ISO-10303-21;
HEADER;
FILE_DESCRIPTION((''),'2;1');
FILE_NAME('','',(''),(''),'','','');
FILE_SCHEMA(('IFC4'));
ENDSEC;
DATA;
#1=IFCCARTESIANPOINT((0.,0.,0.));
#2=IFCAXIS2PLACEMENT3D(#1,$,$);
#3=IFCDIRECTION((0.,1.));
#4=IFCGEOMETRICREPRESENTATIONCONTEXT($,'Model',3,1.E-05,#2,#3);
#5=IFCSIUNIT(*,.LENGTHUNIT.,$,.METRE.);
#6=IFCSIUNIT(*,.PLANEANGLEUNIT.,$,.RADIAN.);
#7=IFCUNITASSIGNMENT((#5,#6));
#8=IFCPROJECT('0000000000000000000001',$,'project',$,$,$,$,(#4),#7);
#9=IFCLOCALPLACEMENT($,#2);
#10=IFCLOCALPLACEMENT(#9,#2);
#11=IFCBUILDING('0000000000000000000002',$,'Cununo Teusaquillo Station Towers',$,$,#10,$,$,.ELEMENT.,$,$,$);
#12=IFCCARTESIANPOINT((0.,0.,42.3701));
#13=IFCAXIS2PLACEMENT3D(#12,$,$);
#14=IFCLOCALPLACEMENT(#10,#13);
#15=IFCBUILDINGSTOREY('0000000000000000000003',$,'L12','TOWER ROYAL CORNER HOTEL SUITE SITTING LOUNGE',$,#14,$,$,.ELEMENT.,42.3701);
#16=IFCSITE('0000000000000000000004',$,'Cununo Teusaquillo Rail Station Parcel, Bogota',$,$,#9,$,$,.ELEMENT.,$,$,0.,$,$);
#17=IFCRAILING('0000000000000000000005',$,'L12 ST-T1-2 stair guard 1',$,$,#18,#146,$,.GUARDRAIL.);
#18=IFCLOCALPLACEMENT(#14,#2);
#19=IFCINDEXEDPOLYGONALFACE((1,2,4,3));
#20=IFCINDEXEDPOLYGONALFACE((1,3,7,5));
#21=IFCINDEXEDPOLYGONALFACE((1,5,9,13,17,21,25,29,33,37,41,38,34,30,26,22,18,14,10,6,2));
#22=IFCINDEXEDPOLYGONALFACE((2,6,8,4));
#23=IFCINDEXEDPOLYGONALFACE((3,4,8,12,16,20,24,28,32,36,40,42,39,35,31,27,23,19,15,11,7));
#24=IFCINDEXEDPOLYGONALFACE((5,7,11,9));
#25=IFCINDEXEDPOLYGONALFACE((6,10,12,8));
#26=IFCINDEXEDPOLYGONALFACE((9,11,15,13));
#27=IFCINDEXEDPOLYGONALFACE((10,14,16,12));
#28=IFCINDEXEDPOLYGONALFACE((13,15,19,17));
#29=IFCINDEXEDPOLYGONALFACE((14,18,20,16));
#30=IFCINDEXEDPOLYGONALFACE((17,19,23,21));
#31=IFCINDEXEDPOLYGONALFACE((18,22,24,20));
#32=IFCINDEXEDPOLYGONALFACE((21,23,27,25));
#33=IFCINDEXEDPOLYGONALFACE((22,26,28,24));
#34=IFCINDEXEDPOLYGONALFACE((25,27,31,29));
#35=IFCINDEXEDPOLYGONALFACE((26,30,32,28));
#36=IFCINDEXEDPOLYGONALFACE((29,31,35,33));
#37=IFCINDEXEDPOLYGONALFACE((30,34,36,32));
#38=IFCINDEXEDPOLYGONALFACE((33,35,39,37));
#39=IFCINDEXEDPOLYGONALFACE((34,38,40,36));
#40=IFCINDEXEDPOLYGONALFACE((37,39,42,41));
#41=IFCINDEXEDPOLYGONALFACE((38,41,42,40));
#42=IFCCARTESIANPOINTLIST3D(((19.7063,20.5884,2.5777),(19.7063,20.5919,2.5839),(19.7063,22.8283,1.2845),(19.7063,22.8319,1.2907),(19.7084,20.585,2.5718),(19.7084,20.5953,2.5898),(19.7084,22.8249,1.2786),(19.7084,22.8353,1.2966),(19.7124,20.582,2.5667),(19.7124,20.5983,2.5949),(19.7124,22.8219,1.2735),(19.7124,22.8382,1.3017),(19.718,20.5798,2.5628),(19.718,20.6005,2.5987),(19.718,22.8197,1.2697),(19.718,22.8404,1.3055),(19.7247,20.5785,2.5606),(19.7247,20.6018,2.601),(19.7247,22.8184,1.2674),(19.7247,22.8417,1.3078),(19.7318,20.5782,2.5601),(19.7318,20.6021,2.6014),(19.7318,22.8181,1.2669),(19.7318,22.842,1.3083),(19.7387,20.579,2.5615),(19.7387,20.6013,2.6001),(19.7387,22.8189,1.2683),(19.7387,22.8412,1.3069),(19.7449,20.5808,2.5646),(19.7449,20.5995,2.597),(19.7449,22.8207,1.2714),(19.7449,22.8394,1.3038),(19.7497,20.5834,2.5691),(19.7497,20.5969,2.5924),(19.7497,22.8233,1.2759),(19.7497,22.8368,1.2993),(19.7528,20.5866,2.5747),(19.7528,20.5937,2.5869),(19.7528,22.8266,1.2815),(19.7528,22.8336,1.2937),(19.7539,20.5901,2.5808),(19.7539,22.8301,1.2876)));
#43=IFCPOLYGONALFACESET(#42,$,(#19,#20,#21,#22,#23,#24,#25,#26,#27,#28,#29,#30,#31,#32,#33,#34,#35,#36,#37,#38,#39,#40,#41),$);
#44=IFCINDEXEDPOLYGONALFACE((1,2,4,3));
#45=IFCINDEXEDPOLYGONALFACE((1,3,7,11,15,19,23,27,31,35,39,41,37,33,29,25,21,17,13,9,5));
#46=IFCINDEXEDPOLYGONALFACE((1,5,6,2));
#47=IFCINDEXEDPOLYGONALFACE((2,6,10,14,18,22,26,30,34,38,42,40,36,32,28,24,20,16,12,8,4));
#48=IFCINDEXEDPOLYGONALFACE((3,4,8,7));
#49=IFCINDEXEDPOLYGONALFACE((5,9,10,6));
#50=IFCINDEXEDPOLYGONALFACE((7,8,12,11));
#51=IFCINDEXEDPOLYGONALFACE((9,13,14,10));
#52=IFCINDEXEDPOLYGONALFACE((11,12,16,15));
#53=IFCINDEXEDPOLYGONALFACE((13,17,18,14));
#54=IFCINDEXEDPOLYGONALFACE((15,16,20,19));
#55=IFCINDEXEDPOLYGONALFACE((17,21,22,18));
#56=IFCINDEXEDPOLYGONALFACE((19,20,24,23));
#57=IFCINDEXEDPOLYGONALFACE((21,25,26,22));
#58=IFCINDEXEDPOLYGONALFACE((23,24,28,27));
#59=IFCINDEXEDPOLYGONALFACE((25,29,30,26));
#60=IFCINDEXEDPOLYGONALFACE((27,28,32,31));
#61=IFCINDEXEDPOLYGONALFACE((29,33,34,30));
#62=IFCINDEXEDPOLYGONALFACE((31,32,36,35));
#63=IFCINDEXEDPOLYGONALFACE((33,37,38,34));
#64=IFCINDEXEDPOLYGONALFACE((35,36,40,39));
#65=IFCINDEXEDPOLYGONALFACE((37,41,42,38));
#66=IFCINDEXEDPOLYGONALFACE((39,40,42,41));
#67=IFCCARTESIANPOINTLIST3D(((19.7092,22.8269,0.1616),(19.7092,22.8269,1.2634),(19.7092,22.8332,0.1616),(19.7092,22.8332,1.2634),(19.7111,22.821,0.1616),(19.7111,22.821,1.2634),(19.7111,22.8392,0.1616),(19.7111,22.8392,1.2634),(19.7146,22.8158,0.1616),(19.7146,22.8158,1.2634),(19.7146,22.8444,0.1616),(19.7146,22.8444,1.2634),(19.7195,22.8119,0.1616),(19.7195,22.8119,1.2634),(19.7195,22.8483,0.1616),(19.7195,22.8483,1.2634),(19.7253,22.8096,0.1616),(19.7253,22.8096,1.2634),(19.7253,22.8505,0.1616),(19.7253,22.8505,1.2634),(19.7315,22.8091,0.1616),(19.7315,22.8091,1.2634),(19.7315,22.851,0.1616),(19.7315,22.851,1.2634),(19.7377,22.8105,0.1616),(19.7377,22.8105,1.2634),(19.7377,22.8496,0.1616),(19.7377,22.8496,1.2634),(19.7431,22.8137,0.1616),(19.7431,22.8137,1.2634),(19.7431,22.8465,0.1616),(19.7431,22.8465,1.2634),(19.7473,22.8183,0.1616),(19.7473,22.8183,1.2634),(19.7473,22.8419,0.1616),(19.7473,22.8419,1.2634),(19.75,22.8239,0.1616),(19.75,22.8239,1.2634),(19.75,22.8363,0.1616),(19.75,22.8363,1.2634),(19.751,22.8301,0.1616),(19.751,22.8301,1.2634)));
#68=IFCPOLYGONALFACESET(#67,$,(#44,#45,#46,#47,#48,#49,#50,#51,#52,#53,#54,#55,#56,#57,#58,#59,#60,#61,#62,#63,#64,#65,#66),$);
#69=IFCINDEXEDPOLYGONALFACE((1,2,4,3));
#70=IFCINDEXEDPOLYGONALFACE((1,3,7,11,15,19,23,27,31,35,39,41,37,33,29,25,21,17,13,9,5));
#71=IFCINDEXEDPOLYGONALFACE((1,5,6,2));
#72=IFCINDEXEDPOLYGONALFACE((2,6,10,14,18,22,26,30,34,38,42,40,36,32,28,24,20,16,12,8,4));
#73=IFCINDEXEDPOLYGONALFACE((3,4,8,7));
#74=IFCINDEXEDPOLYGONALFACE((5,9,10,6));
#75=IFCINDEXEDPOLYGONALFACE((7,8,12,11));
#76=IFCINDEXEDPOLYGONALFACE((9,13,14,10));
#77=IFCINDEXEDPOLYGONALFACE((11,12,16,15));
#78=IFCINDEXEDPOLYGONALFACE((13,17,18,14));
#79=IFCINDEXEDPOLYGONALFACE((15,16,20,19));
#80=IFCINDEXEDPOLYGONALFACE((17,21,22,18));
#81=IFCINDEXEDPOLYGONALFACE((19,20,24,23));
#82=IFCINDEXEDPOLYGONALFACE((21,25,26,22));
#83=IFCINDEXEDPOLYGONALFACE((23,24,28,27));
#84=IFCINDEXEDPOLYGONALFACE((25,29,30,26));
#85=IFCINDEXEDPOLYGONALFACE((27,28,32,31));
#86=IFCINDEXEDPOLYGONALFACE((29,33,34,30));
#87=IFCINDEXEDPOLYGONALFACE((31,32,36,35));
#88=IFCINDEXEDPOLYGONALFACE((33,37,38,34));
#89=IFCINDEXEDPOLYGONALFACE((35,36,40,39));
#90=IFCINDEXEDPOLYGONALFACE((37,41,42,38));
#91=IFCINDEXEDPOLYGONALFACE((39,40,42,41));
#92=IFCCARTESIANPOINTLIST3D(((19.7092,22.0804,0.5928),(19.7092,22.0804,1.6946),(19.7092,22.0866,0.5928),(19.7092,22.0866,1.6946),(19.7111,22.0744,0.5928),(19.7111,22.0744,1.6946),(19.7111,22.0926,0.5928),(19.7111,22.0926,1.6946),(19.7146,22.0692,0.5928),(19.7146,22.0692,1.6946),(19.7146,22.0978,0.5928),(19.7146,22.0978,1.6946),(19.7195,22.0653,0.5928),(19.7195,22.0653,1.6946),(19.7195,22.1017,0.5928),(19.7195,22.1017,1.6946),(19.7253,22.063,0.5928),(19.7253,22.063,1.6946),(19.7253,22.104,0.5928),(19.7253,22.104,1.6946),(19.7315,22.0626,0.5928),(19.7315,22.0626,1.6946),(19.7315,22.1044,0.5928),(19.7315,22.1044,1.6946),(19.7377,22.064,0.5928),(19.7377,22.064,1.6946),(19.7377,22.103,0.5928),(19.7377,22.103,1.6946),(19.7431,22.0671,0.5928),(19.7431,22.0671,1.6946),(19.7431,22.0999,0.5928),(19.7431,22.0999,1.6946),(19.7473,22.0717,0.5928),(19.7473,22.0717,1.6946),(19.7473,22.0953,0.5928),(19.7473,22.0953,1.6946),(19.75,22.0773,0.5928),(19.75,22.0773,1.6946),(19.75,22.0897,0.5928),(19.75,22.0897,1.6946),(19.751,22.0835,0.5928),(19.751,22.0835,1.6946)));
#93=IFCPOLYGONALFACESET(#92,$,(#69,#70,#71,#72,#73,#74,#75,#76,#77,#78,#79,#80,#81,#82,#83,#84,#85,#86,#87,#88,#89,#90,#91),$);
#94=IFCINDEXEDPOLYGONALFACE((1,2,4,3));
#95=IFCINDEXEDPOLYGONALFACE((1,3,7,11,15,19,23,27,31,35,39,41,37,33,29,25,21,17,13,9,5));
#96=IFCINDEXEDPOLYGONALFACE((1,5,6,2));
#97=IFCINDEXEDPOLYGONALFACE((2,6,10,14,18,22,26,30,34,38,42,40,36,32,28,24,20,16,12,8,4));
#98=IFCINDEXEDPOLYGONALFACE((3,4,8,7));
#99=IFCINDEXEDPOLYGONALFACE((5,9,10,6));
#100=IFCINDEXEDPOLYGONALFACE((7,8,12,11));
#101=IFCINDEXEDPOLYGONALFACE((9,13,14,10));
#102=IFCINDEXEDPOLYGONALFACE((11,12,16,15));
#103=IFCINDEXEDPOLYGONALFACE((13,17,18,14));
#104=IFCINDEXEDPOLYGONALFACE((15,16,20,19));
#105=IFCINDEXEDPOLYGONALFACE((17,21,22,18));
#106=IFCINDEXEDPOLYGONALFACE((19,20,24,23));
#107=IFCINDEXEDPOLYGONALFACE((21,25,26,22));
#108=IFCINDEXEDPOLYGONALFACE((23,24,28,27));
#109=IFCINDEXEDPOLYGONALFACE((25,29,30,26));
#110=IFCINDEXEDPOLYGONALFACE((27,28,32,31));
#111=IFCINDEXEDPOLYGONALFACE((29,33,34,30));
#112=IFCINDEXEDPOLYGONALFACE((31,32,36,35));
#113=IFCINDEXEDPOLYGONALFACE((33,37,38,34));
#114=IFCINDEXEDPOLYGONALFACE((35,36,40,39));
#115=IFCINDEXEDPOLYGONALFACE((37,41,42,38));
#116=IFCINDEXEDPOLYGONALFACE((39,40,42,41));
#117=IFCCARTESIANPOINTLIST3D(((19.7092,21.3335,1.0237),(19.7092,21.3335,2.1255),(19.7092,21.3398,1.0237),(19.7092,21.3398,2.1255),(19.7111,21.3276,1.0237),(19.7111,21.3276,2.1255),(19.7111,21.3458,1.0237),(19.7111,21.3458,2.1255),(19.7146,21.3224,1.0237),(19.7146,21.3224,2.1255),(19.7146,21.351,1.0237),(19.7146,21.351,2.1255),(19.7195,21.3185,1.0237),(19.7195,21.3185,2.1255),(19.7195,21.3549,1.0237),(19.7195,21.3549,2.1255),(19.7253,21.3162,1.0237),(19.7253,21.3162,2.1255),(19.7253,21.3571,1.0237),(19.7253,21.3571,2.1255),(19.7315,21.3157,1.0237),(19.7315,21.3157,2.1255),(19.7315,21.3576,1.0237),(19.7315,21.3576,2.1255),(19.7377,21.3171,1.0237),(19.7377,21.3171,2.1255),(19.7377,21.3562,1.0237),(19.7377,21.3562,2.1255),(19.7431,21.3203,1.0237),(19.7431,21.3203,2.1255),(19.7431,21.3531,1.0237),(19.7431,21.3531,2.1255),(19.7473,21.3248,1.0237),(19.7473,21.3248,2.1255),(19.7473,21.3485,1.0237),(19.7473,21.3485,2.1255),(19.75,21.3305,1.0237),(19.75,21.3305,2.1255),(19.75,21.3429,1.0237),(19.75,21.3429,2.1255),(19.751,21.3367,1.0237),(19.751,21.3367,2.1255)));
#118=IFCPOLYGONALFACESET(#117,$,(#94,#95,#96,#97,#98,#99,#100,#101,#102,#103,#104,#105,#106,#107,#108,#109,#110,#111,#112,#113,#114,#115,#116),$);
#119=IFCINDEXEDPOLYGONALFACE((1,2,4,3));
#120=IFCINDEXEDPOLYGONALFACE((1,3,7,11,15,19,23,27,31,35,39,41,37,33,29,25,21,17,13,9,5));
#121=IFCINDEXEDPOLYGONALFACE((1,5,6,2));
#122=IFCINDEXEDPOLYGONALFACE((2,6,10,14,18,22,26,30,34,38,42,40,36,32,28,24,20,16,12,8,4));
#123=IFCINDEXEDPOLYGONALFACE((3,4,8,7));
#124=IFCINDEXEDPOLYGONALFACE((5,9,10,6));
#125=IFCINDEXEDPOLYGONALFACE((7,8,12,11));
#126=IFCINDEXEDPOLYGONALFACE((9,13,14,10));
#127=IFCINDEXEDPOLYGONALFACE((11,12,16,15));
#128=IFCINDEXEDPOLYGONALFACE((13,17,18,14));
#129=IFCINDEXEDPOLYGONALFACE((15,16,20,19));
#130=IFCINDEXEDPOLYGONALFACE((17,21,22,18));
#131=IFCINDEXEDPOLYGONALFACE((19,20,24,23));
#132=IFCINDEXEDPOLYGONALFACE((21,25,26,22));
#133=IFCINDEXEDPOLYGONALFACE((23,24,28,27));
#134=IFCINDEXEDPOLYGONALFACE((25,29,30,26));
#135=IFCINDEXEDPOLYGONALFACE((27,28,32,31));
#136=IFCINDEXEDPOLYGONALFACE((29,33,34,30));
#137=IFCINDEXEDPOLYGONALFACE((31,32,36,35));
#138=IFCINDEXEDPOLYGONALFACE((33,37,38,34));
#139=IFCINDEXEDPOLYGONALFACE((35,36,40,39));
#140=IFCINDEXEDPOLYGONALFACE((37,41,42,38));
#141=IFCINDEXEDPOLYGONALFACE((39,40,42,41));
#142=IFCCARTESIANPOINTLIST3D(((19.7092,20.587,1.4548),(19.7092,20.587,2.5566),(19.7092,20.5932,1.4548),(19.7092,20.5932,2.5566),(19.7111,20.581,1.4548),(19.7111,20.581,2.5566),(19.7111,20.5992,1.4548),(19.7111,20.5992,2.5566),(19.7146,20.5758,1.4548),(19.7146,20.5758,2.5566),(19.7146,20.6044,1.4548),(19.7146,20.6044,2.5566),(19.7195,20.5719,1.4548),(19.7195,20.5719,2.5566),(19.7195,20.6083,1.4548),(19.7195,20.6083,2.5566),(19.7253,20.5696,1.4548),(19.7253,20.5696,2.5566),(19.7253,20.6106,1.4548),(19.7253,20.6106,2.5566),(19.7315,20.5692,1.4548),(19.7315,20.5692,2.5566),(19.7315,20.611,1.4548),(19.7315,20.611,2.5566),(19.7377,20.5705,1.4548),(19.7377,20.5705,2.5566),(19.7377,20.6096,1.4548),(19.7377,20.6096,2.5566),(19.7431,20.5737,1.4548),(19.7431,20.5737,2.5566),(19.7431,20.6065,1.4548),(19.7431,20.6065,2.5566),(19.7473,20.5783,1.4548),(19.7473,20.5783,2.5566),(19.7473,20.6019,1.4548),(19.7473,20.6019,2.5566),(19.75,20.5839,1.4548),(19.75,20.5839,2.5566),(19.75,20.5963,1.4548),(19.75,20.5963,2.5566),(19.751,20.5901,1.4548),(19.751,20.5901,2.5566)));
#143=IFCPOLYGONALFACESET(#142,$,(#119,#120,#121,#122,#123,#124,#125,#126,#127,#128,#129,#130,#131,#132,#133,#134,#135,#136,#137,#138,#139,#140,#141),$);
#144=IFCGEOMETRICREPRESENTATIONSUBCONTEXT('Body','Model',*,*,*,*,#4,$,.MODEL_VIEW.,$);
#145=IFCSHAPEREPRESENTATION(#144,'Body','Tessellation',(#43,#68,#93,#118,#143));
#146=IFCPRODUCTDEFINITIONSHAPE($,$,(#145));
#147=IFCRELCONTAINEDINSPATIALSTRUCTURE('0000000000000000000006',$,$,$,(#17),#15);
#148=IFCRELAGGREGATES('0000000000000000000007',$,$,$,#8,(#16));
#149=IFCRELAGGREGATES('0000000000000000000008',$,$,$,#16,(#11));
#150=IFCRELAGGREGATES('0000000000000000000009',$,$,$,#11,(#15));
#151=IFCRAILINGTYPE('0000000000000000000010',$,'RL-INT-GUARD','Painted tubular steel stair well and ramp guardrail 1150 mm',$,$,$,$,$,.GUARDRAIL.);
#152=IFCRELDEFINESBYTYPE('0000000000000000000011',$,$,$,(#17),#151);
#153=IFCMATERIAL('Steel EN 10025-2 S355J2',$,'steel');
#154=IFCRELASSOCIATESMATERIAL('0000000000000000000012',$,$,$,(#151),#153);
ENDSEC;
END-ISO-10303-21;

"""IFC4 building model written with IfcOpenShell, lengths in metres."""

from ifc_helpers import new_model, si_unit, direction, frame, origin, origin_2d, place, context, subcontext, project, spatial, circle, extrude, material, type_object, element, save


model = new_model("IFC4")

# Units and contexts
model_context = context("Model", 3, precision=1e-05, world=origin(), true_north=direction((0.0, 1.0)))
body_context = subcontext(model_context, "Body", "Model", "MODEL_VIEW")
ifc_project = project(units=[si_unit("LENGTHUNIT", "METRE"), si_unit("PLANEANGLEUNIT", "RADIAN")], contexts=[model_context])

# Site, building, storey
site_placement = place(None, origin())
site = spatial("IfcSite", under=ifc_project, at=site_placement, Name="Cununo Teusaquillo Rail Station Parcel, Bogota", CompositionType="ELEMENT", RefElevation=0.0)
building_placement = place(site_placement, origin())
building = spatial("IfcBuilding", under=site, at=building_placement, Name="Cununo Teusaquillo Station Towers", CompositionType="ELEMENT")
storey_placement = place(building_placement, frame((0.0, 0.0, 42.3701)))
storey = spatial("IfcBuildingStorey", under=building, at=storey_placement, Name="L12", Description="TOWER ROYAL CORNER HOTEL SUITE SITTING LOUNGE", CompositionType="ELEMENT", Elevation=42.3701)

# Railing
ifc_material_1 = material(Name="Steel EN 10025-2 S355J2", Category="steel")
railing_type_1 = type_object("IfcRailingType", Name="RL-INT-GUARD", Description="Painted tubular steel stair well and ramp guardrail 1150 mm", PredefinedType="GUARDRAIL", material=ifc_material_1)
railing_1_placement = place(storey_placement, frame((19.73, 22.8301, 0.1616)))
element("IfcRailing", 1, at=railing_1_placement, inside=storey, type_object=railing_type_1, Name="L12 ST-T1-2 stair guard 1", PredefinedType="GUARDRAIL", context=body_context, shape_type="SweptSolid", body=[
    extrude(circle(Radius=0.0239, at=origin_2d()), frame((0.0, 0.0, 1.126), z_axis=(0.0, -0.866033, 0.499987), x_axis=(1.0, 0.0, 0.0)), (0.0, 0.0, 1.0), 2.5864),
    extrude(circle(Radius=0.021, at=origin_2d()), origin(), (0.0, 0.0, 1.0), 1.1018),
    extrude(circle(Radius=0.021, at=origin_2d()), frame((0.0, -0.7466, 0.4312)), (0.0, 0.0, 1.0), 1.1018),
    extrude(circle(Radius=0.021, at=origin_2d()), frame((0.0, -1.4934, 0.8621)), (0.0, 0.0, 1.0), 1.1018),
    extrude(circle(Radius=0.021, at=origin_2d()), frame((0.0, -2.24, 1.2932)), (0.0, 0.0, 1.0), 1.1018),
])

save(model, "model.ifc")
